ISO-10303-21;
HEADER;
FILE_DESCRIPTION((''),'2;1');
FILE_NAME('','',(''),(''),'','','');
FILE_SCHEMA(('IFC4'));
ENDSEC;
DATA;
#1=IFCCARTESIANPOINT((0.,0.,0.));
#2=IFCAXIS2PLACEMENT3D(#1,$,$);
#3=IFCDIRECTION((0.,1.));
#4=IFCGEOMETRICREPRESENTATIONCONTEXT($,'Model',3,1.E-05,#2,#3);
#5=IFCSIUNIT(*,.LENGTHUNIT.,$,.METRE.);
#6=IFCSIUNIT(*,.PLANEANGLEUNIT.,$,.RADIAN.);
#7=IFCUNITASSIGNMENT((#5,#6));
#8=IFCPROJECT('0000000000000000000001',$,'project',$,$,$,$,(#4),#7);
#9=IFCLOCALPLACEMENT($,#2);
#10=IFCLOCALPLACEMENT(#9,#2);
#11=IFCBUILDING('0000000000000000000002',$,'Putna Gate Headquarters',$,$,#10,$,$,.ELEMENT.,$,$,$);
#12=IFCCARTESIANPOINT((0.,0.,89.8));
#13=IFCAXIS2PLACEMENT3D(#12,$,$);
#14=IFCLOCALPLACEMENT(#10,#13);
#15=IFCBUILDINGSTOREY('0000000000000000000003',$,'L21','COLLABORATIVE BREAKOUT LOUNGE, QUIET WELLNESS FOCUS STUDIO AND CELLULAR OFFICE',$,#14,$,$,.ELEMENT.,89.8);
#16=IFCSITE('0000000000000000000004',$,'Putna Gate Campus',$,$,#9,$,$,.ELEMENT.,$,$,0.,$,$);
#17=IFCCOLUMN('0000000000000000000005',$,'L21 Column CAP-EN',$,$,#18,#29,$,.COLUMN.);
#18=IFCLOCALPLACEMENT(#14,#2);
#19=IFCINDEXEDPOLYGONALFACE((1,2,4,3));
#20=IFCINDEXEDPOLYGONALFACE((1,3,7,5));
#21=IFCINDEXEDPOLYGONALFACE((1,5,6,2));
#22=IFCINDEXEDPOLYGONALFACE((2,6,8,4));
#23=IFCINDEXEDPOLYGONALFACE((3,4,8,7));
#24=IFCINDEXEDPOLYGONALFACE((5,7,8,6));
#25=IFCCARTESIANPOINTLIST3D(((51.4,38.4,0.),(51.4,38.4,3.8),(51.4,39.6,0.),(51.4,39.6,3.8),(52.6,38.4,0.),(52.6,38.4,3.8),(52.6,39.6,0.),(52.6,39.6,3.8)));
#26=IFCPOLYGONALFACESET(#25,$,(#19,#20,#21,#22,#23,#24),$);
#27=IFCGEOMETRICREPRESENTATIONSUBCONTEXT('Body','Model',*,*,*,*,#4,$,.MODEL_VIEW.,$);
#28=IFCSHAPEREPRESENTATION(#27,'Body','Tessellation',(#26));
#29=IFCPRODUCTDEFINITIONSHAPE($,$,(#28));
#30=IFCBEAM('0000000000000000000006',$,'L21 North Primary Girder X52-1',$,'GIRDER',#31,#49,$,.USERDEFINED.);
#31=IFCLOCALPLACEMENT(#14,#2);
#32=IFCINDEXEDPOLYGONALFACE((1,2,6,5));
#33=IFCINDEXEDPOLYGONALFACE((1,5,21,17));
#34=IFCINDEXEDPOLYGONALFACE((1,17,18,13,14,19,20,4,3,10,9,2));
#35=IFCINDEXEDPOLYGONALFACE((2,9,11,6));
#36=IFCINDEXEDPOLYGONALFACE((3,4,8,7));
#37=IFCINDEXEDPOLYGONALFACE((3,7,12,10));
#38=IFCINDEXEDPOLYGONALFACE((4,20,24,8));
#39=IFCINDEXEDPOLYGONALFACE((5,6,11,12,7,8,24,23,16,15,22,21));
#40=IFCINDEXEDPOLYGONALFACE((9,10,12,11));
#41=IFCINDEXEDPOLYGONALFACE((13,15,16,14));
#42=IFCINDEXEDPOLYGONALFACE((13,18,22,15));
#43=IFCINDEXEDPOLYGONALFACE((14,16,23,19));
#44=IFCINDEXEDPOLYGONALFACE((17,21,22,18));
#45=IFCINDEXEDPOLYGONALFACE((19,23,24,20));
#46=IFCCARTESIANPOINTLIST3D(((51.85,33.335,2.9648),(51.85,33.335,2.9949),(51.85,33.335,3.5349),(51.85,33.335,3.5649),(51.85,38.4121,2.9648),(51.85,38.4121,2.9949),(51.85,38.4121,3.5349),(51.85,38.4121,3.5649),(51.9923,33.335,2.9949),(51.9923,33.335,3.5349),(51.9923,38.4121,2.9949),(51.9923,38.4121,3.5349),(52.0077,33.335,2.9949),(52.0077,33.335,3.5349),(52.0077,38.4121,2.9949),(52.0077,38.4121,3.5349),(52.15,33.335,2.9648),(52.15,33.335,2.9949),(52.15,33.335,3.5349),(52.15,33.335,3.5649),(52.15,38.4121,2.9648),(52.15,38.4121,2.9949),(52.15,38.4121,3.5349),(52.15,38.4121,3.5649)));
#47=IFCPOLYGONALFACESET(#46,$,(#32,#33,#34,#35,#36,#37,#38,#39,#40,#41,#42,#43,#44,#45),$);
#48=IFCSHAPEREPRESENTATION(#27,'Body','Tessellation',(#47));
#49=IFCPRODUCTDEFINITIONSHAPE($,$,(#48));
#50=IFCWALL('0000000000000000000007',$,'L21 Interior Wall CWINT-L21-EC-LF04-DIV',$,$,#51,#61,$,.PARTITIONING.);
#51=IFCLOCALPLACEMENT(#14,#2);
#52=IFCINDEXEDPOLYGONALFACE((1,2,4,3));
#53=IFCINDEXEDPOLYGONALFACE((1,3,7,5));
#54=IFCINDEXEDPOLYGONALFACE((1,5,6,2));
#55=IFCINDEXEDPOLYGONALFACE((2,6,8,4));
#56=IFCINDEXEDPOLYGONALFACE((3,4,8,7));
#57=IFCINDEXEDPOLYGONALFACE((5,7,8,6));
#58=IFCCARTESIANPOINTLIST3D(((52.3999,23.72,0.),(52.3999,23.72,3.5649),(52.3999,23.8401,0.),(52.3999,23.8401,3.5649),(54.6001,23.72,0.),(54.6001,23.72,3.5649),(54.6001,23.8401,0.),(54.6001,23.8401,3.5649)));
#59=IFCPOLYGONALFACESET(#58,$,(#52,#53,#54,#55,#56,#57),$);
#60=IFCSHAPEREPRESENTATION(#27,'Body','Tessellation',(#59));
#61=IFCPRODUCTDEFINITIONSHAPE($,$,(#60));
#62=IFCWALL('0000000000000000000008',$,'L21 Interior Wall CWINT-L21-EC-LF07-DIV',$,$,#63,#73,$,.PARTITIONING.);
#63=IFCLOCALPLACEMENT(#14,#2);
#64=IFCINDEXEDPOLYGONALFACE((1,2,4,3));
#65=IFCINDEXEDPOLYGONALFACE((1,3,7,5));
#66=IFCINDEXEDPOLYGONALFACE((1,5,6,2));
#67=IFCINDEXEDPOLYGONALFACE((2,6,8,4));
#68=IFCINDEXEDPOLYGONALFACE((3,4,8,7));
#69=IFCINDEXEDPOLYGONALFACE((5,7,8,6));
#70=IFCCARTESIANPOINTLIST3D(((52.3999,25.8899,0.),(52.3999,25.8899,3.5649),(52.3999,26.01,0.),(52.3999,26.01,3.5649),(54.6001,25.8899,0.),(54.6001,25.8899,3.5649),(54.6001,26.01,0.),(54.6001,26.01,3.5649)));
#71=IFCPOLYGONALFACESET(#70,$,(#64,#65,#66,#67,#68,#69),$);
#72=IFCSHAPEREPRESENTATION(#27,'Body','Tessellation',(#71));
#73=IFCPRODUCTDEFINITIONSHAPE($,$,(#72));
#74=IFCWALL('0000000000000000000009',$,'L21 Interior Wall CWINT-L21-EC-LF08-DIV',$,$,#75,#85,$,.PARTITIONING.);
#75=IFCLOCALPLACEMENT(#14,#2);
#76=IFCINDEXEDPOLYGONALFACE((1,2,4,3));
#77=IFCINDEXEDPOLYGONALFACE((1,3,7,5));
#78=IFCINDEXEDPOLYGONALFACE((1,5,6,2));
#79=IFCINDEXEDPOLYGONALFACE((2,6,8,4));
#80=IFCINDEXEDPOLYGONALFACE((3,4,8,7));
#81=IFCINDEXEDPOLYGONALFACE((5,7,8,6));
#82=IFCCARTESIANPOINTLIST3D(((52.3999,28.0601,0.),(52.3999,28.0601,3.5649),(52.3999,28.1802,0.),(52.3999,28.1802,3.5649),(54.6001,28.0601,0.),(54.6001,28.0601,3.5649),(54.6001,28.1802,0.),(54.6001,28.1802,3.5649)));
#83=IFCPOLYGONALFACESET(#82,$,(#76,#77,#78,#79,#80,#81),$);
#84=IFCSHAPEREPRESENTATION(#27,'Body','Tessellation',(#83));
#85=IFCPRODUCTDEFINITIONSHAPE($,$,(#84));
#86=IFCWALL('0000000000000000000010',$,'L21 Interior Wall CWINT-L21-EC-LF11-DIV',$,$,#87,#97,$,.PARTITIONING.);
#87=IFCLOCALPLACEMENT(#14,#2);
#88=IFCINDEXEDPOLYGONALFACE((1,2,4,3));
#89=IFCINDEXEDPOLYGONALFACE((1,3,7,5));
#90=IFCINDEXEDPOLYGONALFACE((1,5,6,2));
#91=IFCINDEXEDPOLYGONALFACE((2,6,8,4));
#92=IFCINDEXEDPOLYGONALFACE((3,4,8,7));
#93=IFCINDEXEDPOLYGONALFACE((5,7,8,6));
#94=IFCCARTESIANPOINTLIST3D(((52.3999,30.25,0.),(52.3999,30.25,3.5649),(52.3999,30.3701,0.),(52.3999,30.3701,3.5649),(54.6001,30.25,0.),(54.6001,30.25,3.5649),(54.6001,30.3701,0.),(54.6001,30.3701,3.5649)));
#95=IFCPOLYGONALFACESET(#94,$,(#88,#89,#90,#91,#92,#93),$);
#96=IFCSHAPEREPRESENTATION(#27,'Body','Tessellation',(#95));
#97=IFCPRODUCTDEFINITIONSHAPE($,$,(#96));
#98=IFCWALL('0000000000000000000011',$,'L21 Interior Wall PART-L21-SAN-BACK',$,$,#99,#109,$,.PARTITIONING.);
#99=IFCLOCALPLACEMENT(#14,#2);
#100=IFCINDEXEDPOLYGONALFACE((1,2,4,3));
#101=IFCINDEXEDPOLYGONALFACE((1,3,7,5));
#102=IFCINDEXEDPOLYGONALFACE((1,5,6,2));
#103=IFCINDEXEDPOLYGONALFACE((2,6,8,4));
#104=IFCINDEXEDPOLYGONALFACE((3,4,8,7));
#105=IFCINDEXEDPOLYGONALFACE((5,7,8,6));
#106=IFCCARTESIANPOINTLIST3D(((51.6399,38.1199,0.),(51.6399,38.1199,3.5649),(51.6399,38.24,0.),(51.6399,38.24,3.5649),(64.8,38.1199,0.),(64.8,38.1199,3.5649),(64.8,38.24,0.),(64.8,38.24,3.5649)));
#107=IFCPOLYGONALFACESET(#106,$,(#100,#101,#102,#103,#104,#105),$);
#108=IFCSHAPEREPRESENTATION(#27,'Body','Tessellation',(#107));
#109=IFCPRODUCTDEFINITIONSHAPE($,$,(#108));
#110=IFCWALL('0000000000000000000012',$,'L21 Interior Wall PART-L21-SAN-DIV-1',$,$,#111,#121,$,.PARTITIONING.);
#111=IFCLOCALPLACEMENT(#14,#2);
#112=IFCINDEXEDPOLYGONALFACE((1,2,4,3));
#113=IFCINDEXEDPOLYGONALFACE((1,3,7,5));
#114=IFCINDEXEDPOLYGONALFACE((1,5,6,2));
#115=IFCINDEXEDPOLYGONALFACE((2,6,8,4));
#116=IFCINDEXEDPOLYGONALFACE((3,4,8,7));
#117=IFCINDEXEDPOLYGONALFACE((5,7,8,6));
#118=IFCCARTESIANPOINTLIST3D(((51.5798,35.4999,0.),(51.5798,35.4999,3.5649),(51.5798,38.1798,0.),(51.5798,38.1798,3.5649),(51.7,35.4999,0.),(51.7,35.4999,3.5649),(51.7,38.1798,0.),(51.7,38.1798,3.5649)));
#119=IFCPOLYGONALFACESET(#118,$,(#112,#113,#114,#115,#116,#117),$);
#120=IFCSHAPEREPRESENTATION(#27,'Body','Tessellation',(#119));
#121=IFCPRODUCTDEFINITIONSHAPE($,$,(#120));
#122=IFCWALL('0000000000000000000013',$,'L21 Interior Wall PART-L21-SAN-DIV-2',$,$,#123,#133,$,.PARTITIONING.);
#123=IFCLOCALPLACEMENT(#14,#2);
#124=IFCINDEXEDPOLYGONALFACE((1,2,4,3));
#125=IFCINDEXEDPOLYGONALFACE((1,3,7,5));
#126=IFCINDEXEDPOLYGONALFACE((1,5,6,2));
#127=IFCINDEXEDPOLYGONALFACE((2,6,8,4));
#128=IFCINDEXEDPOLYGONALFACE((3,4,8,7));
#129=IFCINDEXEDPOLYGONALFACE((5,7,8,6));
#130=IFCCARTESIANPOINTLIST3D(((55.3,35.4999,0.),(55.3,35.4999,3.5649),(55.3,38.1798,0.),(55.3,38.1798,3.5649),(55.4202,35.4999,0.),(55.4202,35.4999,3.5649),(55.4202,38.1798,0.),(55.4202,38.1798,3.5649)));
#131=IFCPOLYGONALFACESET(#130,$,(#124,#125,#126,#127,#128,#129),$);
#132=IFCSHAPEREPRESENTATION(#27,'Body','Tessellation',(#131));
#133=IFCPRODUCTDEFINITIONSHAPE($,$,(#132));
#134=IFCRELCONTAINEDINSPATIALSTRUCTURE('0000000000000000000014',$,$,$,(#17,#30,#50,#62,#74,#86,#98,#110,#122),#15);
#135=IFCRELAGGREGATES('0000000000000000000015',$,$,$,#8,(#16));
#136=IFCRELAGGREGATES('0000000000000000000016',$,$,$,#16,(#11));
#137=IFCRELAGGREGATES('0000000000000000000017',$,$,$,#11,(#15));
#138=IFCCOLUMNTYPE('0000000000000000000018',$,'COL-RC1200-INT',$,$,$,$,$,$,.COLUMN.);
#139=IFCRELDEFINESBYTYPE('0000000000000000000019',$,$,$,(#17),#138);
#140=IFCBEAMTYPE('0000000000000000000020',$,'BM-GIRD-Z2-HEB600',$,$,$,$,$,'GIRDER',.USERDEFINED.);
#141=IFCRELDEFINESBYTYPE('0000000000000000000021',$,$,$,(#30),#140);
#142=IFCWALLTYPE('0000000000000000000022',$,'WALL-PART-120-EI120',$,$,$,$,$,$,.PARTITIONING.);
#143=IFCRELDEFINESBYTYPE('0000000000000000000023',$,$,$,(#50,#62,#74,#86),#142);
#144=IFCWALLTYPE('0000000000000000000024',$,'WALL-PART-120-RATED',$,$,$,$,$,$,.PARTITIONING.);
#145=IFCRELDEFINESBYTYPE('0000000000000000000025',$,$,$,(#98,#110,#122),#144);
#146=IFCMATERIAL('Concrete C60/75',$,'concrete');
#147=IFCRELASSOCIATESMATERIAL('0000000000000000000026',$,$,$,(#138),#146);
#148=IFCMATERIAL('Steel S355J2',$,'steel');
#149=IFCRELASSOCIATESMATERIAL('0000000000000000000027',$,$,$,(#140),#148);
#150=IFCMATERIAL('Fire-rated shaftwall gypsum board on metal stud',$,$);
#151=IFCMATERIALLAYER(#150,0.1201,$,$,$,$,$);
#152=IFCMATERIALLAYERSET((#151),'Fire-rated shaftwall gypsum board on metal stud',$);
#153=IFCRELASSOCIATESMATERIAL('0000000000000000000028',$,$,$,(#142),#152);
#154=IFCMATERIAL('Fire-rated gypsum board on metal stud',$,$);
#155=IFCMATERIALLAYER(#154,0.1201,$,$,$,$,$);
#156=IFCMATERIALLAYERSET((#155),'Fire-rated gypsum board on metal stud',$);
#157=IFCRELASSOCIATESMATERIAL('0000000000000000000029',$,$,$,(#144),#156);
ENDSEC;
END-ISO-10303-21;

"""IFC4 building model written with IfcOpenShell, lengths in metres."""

from ifc_helpers import new_model, si_unit, direction, frame, frame_2d, origin, origin_2d, place, context, subcontext, project, spatial, rectangle, i_section, extrude, material, layer, layer_set, material_profile, profile_set, type_object, element, save


model = new_model("IFC4")

# Units and contexts
model_context = context("Model", 3, precision=1e-05, world=origin(), true_north=direction((0.0, 1.0)))
body_context = subcontext(model_context, "Body", "Model", "MODEL_VIEW")
ifc_project = project(units=[si_unit("LENGTHUNIT", "METRE"), si_unit("PLANEANGLEUNIT", "RADIAN")], contexts=[model_context])

# Site, building, storey
site_placement = place(None, origin())
site = spatial("IfcSite", under=ifc_project, at=site_placement, Name="Putna Gate Campus", CompositionType="ELEMENT", RefElevation=0.0)
building_placement = place(site_placement, origin())
building = spatial("IfcBuilding", under=site, at=building_placement, Name="Putna Gate Headquarters", CompositionType="ELEMENT")
storey_placement = place(building_placement, frame((0.0, 0.0, 89.8)))
storey = spatial("IfcBuildingStorey", under=building, at=storey_placement, Name="L21", Description="COLLABORATIVE BREAKOUT LOUNGE, QUIET WELLNESS FOCUS STUDIO AND CELLULAR OFFICE", CompositionType="ELEMENT", Elevation=89.8)

# Column
ifc_material_1 = material(Name="Concrete C60/75", Category="concrete")
ifc_material_profile_1 = material_profile(ifc_material_1, rectangle(XDim=1.2, YDim=1.2, at=origin_2d()), Name="Concrete C60/75")
ifc_profile_set_1 = profile_set([ifc_material_profile_1], Name="Concrete C60/75")
column_type = type_object("IfcColumnType", Name="COL-RC1200-INT", PredefinedType="COLUMN", material=ifc_profile_set_1)
column_placement = place(storey_placement, frame((52.0, 39.0, 0.0), z_axis=(0.0, 0.0, 1.0), x_axis=(1.0, 0.0, 0.0)))
element("IfcColumn", 1, at=column_placement, inside=storey, type_object=column_type, Name="L21 Column CAP-EN", PredefinedType="COLUMN", context=body_context, shape_type="SweptSolid", body=[
    extrude(rectangle(XDim=1.2, YDim=1.2, at=origin_2d()), origin(), (0.0, 0.0, 1.0), 3.8),
])

# Beam
ifc_material_2 = material(Name="Steel S355J2", Category="steel")
ifc_material_profile_2 = material_profile(ifc_material_2, i_section(OverallWidth=0.3, OverallDepth=0.6001, WebThickness=0.0154, FlangeThickness=0.03, at=origin_2d()), Name="Steel S355J2")
ifc_profile_set_2 = profile_set([ifc_material_profile_2], Name="Steel S355J2")
beam_type = type_object("IfcBeamType", Name="BM-GIRD-Z2-HEB600", ElementType="GIRDER", PredefinedType="USERDEFINED", material=ifc_profile_set_2)
beam_placement = place(storey_placement, frame((52.0, 33.335, 3.2649), z_axis=(0.0, 1.0, 0.0), x_axis=(-1.0, 0.0, 0.0)))
element("IfcBeam", 2, at=beam_placement, inside=storey, type_object=beam_type, Name="L21 North Primary Girder X52-1", ObjectType="GIRDER", PredefinedType="USERDEFINED", context=body_context, shape_type="SweptSolid", body=[
    extrude(i_section(OverallWidth=0.3, OverallDepth=0.6001, WebThickness=0.0154, FlangeThickness=0.03, at=origin_2d()), origin(), (0.0, 0.0, 1.0), 5.0771),
])

# Walls
ifc_material_3 = material(Name="Fire-rated shaftwall gypsum board on metal stud")
ifc_layer_1 = layer(ifc_material_3, 0.1201)
ifc_layer_set_1 = layer_set([ifc_layer_1], Name="Fire-rated shaftwall gypsum board on metal stud")
wall_type_1 = type_object("IfcWallType", Name="WALL-PART-120-EI120", PredefinedType="PARTITIONING", material=ifc_layer_set_1)
for number, where, z_axis, x_axis, name in (
    (3, (52.3999, 23.78, 0.0), (0.0, 0.0, 1.0), (1.0, 0.0, 0.0), "L21 Interior Wall CWINT-L21-EC-LF04-DIV"),
    (4, (52.3999, 25.95, 0.0), (0.0, 0.0, 1.0), (1.0, 0.0, 0.0), "L21 Interior Wall CWINT-L21-EC-LF07-DIV"),
    (5, (52.3999, 28.1201, 0.0), (0.0, 0.0, 1.0), (1.0, 0.0, 0.0), "L21 Interior Wall CWINT-L21-EC-LF08-DIV"),
    (6, (52.3999, 30.3101, 0.0), (0.0, 0.0, 1.0), (1.0, 0.0, 0.0), "L21 Interior Wall CWINT-L21-EC-LF11-DIV"),
):
    element("IfcWall", number, at=place(storey_placement, frame(where, z_axis=z_axis, x_axis=x_axis)), inside=storey, type_object=wall_type_1, Name=name, PredefinedType="PARTITIONING", context=body_context, shape_type="SweptSolid", body=[
        extrude(rectangle(XDim=2.2002, YDim=0.1201, at=frame_2d((1.1001, 0.0))), origin(), (0.0, 0.0, 1.0), 3.5649),
    ])

# Shared definitions
ifc_material_4 = material(Name="Fire-rated gypsum board on metal stud")
ifc_layer_2 = layer(ifc_material_4, 0.1201)
ifc_layer_set_2 = layer_set([ifc_layer_2], Name="Fire-rated gypsum board on metal stud")
wall_type_2 = type_object("IfcWallType", Name="WALL-PART-120-RATED", PredefinedType="PARTITIONING", material=ifc_layer_set_2)

# Walls
wall_1_placement = place(storey_placement, frame((51.6399, 38.1799, 0.0), z_axis=(0.0, 0.0, 1.0), x_axis=(1.0, 0.0, 0.0)))
element("IfcWall", 7, at=wall_1_placement, inside=storey, type_object=wall_type_2, Name="L21 Interior Wall PART-L21-SAN-BACK", PredefinedType="PARTITIONING", context=body_context, shape_type="SweptSolid", body=[
    extrude(rectangle(XDim=13.1602, YDim=0.1201, at=frame_2d((6.5801, 0.0))), origin(), (0.0, 0.0, 1.0), 3.5649),
])
for number, where, z_axis, x_axis, name in (
    (8, (51.6399, 35.5, 0.0), (0.0, 0.0, 1.0), (0.0, 1.0, 0.0), "L21 Interior Wall PART-L21-SAN-DIV-1"),
    (9, (55.3601, 35.5, 0.0), (0.0, 0.0, 1.0), (0.0, 1.0, 0.0), "L21 Interior Wall PART-L21-SAN-DIV-2"),
):
    element("IfcWall", number, at=place(storey_placement, frame(where, z_axis=z_axis, x_axis=x_axis)), inside=storey, type_object=wall_type_2, Name=name, PredefinedType="PARTITIONING", context=body_context, shape_type="SweptSolid", body=[
        extrude(rectangle(XDim=2.6799, YDim=0.1201, at=frame_2d((1.3398, 0.0))), origin(), (0.0, 0.0, 1.0), 3.5649),
    ])

save(model, "model.ifc")
